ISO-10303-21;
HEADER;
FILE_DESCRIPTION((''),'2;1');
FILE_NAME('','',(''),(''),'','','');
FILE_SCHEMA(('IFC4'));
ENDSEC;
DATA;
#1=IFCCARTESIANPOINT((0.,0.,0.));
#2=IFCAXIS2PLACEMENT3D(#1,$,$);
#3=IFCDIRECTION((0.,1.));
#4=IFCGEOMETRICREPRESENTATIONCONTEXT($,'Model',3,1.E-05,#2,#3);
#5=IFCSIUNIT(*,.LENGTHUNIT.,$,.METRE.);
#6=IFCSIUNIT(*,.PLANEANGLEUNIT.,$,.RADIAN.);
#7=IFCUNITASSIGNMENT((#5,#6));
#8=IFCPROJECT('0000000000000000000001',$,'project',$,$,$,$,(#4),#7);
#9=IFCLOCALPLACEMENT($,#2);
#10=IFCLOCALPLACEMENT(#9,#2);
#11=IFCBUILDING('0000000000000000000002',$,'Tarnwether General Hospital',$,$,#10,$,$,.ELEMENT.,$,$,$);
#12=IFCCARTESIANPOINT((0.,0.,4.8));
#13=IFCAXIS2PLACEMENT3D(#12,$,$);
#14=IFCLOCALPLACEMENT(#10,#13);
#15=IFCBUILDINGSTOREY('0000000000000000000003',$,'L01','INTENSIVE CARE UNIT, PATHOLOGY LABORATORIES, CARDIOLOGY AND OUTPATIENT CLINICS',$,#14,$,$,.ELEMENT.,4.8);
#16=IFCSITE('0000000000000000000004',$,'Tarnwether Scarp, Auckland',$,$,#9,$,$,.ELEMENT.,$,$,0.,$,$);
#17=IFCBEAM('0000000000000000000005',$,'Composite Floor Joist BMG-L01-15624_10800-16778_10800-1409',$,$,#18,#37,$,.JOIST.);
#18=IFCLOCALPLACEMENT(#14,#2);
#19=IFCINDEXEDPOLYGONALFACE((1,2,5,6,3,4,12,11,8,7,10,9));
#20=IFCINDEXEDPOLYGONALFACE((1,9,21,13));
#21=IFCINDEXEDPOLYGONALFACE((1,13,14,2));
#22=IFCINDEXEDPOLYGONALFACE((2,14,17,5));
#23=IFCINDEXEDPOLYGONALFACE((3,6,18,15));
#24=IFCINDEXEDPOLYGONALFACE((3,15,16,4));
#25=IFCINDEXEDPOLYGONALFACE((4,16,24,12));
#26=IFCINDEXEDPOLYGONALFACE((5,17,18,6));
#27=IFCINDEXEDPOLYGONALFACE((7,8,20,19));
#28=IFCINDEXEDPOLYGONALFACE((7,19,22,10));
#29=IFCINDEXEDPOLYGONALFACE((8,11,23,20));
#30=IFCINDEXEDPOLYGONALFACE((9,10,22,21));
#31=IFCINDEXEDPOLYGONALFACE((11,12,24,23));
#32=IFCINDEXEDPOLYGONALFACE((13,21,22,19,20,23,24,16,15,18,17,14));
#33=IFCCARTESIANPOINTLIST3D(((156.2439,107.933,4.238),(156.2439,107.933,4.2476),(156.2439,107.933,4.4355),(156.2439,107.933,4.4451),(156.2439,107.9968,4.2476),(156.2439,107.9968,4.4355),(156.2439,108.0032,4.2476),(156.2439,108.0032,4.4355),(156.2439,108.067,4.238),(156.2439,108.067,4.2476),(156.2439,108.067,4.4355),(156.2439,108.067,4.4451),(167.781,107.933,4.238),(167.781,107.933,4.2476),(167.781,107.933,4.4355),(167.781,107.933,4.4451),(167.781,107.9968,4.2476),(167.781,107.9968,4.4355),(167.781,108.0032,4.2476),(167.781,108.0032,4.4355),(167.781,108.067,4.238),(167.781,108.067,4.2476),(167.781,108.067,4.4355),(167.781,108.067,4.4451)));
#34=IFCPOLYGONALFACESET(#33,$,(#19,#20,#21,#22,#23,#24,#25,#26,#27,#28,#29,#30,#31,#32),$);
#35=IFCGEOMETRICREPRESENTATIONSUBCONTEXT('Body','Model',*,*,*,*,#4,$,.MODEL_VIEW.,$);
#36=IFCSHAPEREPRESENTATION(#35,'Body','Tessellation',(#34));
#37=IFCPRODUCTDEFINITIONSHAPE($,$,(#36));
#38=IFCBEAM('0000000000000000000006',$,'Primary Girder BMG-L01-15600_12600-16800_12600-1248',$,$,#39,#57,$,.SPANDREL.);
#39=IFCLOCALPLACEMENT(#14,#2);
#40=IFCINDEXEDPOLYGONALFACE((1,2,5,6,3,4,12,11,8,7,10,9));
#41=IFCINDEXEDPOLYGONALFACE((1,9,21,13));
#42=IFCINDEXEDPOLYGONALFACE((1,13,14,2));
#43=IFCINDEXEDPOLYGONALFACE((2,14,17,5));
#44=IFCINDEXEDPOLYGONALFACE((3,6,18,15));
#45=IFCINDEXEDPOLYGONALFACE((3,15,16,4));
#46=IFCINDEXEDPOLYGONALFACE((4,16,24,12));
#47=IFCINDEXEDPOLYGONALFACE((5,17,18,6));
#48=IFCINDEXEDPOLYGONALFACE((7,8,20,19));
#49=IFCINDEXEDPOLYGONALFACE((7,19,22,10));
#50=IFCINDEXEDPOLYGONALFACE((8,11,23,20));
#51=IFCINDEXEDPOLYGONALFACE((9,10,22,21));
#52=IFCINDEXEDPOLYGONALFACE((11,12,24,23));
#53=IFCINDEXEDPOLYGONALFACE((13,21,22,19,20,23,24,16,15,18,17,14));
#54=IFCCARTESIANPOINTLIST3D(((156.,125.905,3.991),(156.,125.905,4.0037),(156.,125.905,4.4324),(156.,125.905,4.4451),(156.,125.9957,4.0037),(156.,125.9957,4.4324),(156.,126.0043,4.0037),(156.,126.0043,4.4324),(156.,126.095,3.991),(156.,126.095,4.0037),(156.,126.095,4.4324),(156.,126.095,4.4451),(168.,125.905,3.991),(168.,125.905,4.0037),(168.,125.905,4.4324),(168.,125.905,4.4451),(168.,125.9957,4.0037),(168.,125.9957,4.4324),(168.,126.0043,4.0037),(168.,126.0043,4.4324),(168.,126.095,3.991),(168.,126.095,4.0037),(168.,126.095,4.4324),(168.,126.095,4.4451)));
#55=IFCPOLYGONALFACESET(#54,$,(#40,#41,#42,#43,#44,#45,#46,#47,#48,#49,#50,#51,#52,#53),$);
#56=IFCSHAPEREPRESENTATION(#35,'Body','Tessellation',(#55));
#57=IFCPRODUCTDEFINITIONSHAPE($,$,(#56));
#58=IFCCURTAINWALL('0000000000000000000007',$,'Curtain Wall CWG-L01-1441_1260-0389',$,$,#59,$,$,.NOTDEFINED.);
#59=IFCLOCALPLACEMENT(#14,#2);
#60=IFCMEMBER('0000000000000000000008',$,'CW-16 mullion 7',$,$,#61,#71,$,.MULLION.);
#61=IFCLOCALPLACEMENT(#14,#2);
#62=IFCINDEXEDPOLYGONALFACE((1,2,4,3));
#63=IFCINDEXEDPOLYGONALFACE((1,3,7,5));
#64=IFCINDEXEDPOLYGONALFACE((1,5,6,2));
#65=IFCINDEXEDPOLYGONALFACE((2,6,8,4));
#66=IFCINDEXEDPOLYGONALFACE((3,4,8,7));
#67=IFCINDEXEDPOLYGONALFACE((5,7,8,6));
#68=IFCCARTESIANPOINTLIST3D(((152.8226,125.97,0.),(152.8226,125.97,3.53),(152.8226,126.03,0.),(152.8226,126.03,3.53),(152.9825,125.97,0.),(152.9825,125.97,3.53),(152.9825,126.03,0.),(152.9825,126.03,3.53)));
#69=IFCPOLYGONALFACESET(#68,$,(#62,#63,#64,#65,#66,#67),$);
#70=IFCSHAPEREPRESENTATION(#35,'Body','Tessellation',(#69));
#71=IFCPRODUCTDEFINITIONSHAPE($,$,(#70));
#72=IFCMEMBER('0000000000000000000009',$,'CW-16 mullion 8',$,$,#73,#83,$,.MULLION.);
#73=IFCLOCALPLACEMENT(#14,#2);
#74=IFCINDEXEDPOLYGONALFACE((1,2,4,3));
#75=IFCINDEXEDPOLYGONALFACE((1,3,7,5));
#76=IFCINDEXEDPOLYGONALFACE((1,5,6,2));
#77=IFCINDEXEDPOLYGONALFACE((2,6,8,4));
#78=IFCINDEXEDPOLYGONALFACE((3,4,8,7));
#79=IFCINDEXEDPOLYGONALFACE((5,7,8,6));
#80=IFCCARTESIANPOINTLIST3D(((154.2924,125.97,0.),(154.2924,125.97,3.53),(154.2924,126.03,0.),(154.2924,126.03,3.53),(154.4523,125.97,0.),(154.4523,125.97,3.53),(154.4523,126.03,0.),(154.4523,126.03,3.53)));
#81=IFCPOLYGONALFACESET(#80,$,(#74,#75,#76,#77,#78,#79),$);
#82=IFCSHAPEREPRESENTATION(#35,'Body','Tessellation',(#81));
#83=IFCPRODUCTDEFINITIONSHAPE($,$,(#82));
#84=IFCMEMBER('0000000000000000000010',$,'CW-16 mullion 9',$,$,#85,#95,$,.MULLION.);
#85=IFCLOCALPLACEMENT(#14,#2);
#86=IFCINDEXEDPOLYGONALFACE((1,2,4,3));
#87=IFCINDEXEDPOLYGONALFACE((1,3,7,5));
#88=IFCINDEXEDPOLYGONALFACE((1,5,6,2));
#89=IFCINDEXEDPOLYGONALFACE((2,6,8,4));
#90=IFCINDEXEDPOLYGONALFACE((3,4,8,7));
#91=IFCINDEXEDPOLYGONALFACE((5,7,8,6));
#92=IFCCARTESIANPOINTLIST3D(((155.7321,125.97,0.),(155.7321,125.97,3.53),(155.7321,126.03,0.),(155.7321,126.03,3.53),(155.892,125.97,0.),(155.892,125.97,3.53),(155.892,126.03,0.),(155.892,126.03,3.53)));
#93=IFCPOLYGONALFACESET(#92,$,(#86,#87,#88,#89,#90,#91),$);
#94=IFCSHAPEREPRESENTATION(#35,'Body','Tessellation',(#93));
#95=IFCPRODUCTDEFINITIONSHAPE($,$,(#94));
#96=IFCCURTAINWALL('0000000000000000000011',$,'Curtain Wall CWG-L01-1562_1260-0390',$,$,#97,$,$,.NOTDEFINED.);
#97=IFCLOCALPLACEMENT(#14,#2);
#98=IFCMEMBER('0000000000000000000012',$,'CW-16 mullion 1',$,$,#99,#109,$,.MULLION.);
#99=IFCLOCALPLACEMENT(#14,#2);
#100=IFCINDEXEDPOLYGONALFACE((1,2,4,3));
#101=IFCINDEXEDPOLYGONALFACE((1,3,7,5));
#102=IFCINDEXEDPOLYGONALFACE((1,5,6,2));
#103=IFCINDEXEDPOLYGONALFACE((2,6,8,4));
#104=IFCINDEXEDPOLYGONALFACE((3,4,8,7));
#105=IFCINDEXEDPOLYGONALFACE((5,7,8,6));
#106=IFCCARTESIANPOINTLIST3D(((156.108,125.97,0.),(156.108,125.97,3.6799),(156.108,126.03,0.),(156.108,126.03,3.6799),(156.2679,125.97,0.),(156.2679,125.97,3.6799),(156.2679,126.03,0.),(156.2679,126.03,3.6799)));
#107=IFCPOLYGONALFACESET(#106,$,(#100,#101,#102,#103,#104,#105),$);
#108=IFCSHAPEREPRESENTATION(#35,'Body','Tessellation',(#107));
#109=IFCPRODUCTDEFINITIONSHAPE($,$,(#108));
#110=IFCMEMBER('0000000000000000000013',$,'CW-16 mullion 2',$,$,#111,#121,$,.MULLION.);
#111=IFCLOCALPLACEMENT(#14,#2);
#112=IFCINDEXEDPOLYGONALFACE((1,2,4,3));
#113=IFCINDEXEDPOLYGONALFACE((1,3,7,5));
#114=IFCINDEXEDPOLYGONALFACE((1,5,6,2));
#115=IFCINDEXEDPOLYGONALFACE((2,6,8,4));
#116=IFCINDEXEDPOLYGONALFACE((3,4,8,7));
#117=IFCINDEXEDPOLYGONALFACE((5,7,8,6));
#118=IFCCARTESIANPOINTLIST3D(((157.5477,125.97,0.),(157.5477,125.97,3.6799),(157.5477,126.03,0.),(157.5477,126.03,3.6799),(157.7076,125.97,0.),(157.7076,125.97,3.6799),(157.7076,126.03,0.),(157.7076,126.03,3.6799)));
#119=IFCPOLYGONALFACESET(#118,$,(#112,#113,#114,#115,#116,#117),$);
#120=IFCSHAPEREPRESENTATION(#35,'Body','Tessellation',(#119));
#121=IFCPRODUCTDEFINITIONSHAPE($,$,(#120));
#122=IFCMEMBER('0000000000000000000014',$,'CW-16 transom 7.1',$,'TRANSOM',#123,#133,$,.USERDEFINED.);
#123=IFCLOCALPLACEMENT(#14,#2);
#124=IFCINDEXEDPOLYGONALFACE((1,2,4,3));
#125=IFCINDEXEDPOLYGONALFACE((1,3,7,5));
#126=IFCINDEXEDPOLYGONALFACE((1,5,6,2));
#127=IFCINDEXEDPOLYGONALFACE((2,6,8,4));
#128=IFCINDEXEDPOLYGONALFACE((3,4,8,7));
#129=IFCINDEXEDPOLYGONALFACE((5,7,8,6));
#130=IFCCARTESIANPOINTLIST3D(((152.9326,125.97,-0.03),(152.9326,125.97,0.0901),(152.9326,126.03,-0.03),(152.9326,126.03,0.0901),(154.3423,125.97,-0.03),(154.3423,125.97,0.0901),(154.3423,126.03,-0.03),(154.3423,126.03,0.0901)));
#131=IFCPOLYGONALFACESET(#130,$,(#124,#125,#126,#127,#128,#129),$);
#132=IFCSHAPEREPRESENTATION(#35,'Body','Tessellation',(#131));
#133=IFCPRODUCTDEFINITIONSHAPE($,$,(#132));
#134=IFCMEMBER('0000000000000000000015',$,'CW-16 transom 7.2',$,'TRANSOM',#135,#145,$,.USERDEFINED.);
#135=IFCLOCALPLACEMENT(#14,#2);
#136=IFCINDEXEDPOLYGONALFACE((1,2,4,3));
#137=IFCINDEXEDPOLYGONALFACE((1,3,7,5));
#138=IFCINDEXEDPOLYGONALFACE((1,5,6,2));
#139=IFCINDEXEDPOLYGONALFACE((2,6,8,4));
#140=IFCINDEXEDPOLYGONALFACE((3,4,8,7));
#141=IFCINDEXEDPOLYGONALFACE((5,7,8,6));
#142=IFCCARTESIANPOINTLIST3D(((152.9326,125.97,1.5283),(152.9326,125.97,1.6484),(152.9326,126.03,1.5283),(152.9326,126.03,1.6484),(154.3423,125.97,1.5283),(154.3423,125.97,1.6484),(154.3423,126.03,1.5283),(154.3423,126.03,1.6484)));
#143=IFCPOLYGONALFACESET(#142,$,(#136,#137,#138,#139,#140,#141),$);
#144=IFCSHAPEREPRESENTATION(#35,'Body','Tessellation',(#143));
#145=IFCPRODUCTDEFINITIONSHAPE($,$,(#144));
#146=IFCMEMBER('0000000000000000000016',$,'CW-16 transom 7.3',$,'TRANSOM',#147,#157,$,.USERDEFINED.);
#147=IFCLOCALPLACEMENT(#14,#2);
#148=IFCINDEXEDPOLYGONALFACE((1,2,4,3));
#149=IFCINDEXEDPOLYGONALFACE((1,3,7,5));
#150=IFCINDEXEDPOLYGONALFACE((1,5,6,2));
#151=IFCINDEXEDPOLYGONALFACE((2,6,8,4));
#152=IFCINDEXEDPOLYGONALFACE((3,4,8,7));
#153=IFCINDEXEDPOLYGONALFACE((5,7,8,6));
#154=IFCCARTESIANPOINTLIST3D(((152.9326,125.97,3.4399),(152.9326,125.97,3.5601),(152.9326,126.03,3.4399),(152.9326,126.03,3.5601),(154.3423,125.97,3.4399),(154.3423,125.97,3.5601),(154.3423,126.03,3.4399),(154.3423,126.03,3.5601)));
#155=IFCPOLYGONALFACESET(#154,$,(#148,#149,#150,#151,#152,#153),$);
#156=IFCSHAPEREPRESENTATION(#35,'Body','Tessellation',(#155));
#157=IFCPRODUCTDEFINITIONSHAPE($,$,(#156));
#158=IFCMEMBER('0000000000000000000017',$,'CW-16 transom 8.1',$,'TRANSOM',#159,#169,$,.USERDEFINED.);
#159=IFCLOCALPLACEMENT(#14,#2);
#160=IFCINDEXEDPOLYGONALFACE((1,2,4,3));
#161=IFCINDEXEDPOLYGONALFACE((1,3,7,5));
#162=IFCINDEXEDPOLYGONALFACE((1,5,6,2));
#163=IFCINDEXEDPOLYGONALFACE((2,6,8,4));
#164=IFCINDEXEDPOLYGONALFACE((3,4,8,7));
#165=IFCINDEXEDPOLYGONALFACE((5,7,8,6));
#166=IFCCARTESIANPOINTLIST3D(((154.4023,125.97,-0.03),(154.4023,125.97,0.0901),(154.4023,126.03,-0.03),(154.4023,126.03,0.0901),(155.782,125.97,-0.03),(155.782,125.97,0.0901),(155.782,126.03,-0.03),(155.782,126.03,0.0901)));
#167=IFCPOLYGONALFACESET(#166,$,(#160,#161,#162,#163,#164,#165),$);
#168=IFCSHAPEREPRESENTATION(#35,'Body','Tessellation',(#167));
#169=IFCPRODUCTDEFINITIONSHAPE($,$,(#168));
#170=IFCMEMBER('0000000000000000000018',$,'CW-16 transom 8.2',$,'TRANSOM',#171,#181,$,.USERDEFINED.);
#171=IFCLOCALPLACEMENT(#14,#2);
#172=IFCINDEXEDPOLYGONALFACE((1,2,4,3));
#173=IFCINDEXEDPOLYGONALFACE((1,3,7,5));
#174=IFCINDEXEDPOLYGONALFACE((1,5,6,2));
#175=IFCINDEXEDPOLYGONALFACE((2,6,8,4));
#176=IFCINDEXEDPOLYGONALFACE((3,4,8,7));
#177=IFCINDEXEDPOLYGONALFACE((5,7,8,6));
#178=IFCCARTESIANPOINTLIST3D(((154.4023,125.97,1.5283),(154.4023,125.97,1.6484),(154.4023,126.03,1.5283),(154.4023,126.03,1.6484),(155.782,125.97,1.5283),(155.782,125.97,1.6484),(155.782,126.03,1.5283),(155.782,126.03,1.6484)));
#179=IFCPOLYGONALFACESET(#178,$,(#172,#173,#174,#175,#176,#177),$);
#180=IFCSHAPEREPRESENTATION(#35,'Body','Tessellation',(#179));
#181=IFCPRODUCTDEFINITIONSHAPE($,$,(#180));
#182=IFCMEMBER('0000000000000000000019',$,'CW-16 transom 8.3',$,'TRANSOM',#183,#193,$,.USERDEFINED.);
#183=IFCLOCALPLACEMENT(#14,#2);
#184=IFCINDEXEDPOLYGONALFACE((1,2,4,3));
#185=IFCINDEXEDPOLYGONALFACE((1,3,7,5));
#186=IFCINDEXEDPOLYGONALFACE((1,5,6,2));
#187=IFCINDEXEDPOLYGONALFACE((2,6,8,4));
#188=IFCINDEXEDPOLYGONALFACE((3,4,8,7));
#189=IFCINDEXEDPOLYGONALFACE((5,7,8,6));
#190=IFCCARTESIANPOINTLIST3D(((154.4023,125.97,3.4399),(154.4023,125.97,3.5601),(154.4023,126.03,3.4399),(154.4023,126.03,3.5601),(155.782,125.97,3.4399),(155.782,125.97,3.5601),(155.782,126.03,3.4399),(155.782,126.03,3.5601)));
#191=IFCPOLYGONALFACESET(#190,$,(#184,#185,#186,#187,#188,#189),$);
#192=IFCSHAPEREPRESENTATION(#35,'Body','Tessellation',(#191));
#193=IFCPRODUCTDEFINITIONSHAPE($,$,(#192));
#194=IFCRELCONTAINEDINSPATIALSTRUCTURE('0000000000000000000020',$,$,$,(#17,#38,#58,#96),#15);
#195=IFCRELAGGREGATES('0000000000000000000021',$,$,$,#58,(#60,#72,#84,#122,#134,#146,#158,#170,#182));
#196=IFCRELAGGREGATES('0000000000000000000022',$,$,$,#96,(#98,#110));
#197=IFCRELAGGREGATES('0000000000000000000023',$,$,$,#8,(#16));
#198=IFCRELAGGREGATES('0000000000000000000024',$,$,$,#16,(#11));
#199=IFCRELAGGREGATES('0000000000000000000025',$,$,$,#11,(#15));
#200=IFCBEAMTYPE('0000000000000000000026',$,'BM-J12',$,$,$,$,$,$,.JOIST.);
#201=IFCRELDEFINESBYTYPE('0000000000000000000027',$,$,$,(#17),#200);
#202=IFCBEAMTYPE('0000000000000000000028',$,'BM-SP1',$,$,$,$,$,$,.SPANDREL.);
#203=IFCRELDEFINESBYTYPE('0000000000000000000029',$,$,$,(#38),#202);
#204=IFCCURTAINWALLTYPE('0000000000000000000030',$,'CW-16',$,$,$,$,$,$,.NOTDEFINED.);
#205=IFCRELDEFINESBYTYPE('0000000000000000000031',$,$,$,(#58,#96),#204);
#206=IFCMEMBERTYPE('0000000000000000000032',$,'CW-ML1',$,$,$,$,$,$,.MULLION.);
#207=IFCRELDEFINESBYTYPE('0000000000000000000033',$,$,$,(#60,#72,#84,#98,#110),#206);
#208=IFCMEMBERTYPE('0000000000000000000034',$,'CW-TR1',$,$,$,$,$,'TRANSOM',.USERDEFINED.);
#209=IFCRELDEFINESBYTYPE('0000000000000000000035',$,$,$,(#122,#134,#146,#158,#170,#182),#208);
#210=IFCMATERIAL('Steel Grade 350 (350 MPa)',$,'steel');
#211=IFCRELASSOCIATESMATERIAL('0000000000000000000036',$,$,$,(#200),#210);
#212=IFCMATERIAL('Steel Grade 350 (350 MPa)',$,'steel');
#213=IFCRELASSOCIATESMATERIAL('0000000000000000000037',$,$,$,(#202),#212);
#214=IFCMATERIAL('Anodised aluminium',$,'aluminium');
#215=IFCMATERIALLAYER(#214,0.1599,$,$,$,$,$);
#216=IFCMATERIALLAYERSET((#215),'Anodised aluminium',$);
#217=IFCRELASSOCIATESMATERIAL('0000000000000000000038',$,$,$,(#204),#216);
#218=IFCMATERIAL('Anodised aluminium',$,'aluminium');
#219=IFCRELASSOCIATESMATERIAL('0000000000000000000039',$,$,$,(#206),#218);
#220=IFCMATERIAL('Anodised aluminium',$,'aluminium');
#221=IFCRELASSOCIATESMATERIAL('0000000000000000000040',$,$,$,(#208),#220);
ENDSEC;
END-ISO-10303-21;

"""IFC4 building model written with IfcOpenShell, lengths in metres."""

from ifc_helpers import new_model, si_unit, direction, frame, origin, origin_2d, place, context, subcontext, project, spatial, rectangle, i_section, extrude, material, layer, layer_set, material_profile, profile_set, type_object, element, aggregate, save


model = new_model("IFC4")

# Units and contexts
model_context = context("Model", 3, precision=1e-05, world=origin(), true_north=direction((0.0, 1.0)))
body_context = subcontext(model_context, "Body", "Model", "MODEL_VIEW")
ifc_project = project(units=[si_unit("LENGTHUNIT", "METRE"), si_unit("PLANEANGLEUNIT", "RADIAN")], contexts=[model_context])

# Site, building, storey
site_placement = place(None, origin())
site = spatial("IfcSite", under=ifc_project, at=site_placement, Name="Tarnwether Scarp, Auckland", CompositionType="ELEMENT", RefElevation=0.0)
building_placement = place(site_placement, origin())
building = spatial("IfcBuilding", under=site, at=building_placement, Name="Tarnwether General Hospital", CompositionType="ELEMENT")
storey_placement = place(building_placement, frame((0.0, 0.0, 4.8)))
storey = spatial("IfcBuildingStorey", under=building, at=storey_placement, Name="L01", Description="INTENSIVE CARE UNIT, PATHOLOGY LABORATORIES, CARDIOLOGY AND OUTPATIENT CLINICS", CompositionType="ELEMENT", Elevation=4.8)

# Beams
ifc_material_1 = material(Name="Steel Grade 350 (350 MPa)", Category="steel")
ifc_material_profile_1 = material_profile(ifc_material_1, i_section(OverallWidth=0.134, OverallDepth=0.207, WebThickness=0.0063, FlangeThickness=0.0095, at=origin_2d()), Name="200UB29.8")
ifc_profile_set_1 = profile_set([ifc_material_profile_1], Name="Steel Grade 350 (350 MPa)")
beam_type_1 = type_object("IfcBeamType", Name="BM-J12", PredefinedType="JOIST", material=ifc_profile_set_1)
beam_1_placement = place(storey_placement, frame((156.2439, 108.0, 4.3416), z_axis=(1.0, 0.0, 0.0), x_axis=(0.0, 1.0, 0.0)))
element("IfcBeam", 1, at=beam_1_placement, inside=storey, type_object=beam_type_1, Name="Composite Floor Joist BMG-L01-15624_10800-16778_10800-1409", PredefinedType="JOIST", context=body_context, shape_type="SweptSolid", body=[
    extrude(i_section(OverallWidth=0.134, OverallDepth=0.207, WebThickness=0.0063, FlangeThickness=0.0095, at=origin_2d()), origin(), (0.0, 0.0, 1.0), 11.5371),
])
ifc_material_2 = material(Name="Steel Grade 350 (350 MPa)", Category="steel")
ifc_material_profile_2 = material_profile(ifc_material_2, i_section(OverallWidth=0.1899, OverallDepth=0.4541, WebThickness=0.0085, FlangeThickness=0.0127, at=origin_2d()), Name="460UB67.1")
ifc_profile_set_2 = profile_set([ifc_material_profile_2], Name="Steel Grade 350 (350 MPa)")
beam_type_2 = type_object("IfcBeamType", Name="BM-SP1", PredefinedType="SPANDREL", material=ifc_profile_set_2)
beam_2_placement = place(storey_placement, frame((156.0, 126.0, 4.218), z_axis=(1.0, 0.0, 0.0), x_axis=(0.0, 1.0, 0.0)))
element("IfcBeam", 2, at=beam_2_placement, inside=storey, type_object=beam_type_2, Name="Primary Girder BMG-L01-15600_12600-16800_12600-1248", PredefinedType="SPANDREL", context=body_context, shape_type="SweptSolid", body=[
    extrude(i_section(OverallWidth=0.1899, OverallDepth=0.4541, WebThickness=0.0085, FlangeThickness=0.0127, at=origin_2d()), origin(), (0.0, 0.0, 1.0), 12.0),
])

# Curtain walls, members
ifc_material_3 = material(Name="Anodised aluminium", Category="aluminium")
ifc_layer_1 = layer(ifc_material_3, 0.1599)
ifc_layer_set_1 = layer_set([ifc_layer_1], Name="Anodised aluminium")
curtain_wall_type = type_object("IfcCurtainWallType", Name="CW-16", PredefinedType="NOTDEFINED", material=ifc_layer_set_1)
curtain_wall_1_placement = place(storey_placement, origin())
curtain_wall_1 = element("IfcCurtainWall", 3, at=curtain_wall_1_placement, inside=storey, type_object=curtain_wall_type, Name="Curtain Wall CWG-L01-1441_1260-0389", PredefinedType="NOTDEFINED")
ifc_material_4 = material(Name="Anodised aluminium", Category="aluminium")
ifc_material_profile_3 = material_profile(ifc_material_4, rectangle(XDim=0.0601, YDim=0.1599, at=origin_2d()), Name="ALU-MUL-60x160")
ifc_profile_set_3 = profile_set([ifc_material_profile_3], Name="Anodised aluminium")
member_type_1 = type_object("IfcMemberType", Name="CW-ML1", PredefinedType="MULLION", material=ifc_profile_set_3)
member_1_placement = place(storey_placement, frame((152.9026, 126.0, 0.0), z_axis=(0.0, 0.0, 1.0), x_axis=(0.0, 1.0, 0.0)))
member_1 = element("IfcMember", 4, at=member_1_placement, type_object=member_type_1, Name="CW-16 mullion 7", PredefinedType="MULLION", context=body_context, shape_type="SweptSolid", body=[
    extrude(rectangle(XDim=0.0601, YDim=0.1599, at=origin_2d()), origin(), (0.0, 0.0, 1.0), 3.53),
])
member_2_placement = place(storey_placement, frame((154.3723, 126.0, 0.0), z_axis=(0.0, 0.0, 1.0), x_axis=(0.0, 1.0, 0.0)))
member_2 = element("IfcMember", 5, at=member_2_placement, type_object=member_type_1, Name="CW-16 mullion 8", PredefinedType="MULLION", context=body_context, shape_type="SweptSolid", body=[
    extrude(rectangle(XDim=0.0601, YDim=0.1599, at=origin_2d()), origin(), (0.0, 0.0, 1.0), 3.53),
])
member_3_placement = place(storey_placement, frame((155.812, 126.0, 0.0), z_axis=(0.0, 0.0, 1.0), x_axis=(0.0, 1.0, 0.0)))
member_3 = element("IfcMember", 6, at=member_3_placement, type_object=member_type_1, Name="CW-16 mullion 9", PredefinedType="MULLION", context=body_context, shape_type="SweptSolid", body=[
    extrude(rectangle(XDim=0.0601, YDim=0.1599, at=origin_2d()), origin(), (0.0, 0.0, 1.0), 3.53),
])
curtain_wall_2_placement = place(storey_placement, origin())
curtain_wall_2 = element("IfcCurtainWall", 7, at=curtain_wall_2_placement, inside=storey, type_object=curtain_wall_type, Name="Curtain Wall CWG-L01-1562_1260-0390", PredefinedType="NOTDEFINED")
member_4_placement = place(storey_placement, frame((156.188, 126.0, 0.0), z_axis=(0.0, 0.0, 1.0), x_axis=(0.0, 1.0, 0.0)))
member_4 = element("IfcMember", 8, at=member_4_placement, type_object=member_type_1, Name="CW-16 mullion 1", PredefinedType="MULLION", context=body_context, shape_type="SweptSolid", body=[
    extrude(rectangle(XDim=0.0601, YDim=0.1599, at=origin_2d()), origin(), (0.0, 0.0, 1.0), 3.6799),
])
member_5_placement = place(storey_placement, frame((157.6277, 126.0, 0.0), z_axis=(0.0, 0.0, 1.0), x_axis=(0.0, 1.0, 0.0)))
member_5 = element("IfcMember", 9, at=member_5_placement, type_object=member_type_1, Name="CW-16 mullion 2", PredefinedType="MULLION", context=body_context, shape_type="SweptSolid", body=[
    extrude(rectangle(XDim=0.0601, YDim=0.1599, at=origin_2d()), origin(), (0.0, 0.0, 1.0), 3.6799),
])

# Members
ifc_material_5 = material(Name="Anodised aluminium", Category="aluminium")
ifc_material_profile_4 = material_profile(ifc_material_5, rectangle(XDim=0.0601, YDim=0.1201, at=origin_2d()), Name="ALU-TRN-60x120")
ifc_profile_set_4 = profile_set([ifc_material_profile_4], Name="Anodised aluminium")
member_type_2 = type_object("IfcMemberType", Name="CW-TR1", ElementType="TRANSOM", PredefinedType="USERDEFINED", material=ifc_profile_set_4)
member_6_placement = place(storey_placement, frame((152.9326, 126.0, 0.03), z_axis=(1.0, 0.0, 0.0), x_axis=(0.0, 1.0, 0.0)))
member_6 = element("IfcMember", 10, at=member_6_placement, type_object=member_type_2, Name="CW-16 transom 7.1", ObjectType="TRANSOM", PredefinedType="USERDEFINED", context=body_context, shape_type="SweptSolid", body=[
    extrude(rectangle(XDim=0.0601, YDim=0.1201, at=origin_2d()), origin(), (0.0, 0.0, 1.0), 1.4097),
])
member_7_placement = place(storey_placement, frame((152.9326, 126.0, 1.5884), z_axis=(1.0, 0.0, 0.0), x_axis=(0.0, 1.0, 0.0)))
member_7 = element("IfcMember", 11, at=member_7_placement, type_object=member_type_2, Name="CW-16 transom 7.2", ObjectType="TRANSOM", PredefinedType="USERDEFINED", context=body_context, shape_type="SweptSolid", body=[
    extrude(rectangle(XDim=0.0601, YDim=0.1201, at=origin_2d()), origin(), (0.0, 0.0, 1.0), 1.4097),
])
member_8_placement = place(storey_placement, frame((152.9326, 126.0, 3.5), z_axis=(1.0, 0.0, 0.0), x_axis=(0.0, 1.0, 0.0)))
member_8 = element("IfcMember", 12, at=member_8_placement, type_object=member_type_2, Name="CW-16 transom 7.3", ObjectType="TRANSOM", PredefinedType="USERDEFINED", context=body_context, shape_type="SweptSolid", body=[
    extrude(rectangle(XDim=0.0601, YDim=0.1201, at=origin_2d()), origin(), (0.0, 0.0, 1.0), 1.4097),
])
member_9_placement = place(storey_placement, frame((154.4023, 126.0, 0.03), z_axis=(1.0, 0.0, 0.0), x_axis=(0.0, 1.0, 0.0)))
member_9 = element("IfcMember", 13, at=member_9_placement, type_object=member_type_2, Name="CW-16 transom 8.1", ObjectType="TRANSOM", PredefinedType="USERDEFINED", context=body_context, shape_type="SweptSolid", body=[
    extrude(rectangle(XDim=0.0601, YDim=0.1201, at=origin_2d()), origin(), (0.0, 0.0, 1.0), 1.3796),
])
member_10_placement = place(storey_placement, frame((154.4023, 126.0, 1.5884), z_axis=(1.0, 0.0, 0.0), x_axis=(0.0, 1.0, 0.0)))
member_10 = element("IfcMember", 14, at=member_10_placement, type_object=member_type_2, Name="CW-16 transom 8.2", ObjectType="TRANSOM", PredefinedType="USERDEFINED", context=body_context, shape_type="SweptSolid", body=[
    extrude(rectangle(XDim=0.0601, YDim=0.1201, at=origin_2d()), origin(), (0.0, 0.0, 1.0), 1.3796),
])
member_11_placement = place(storey_placement, frame((154.4023, 126.0, 3.5), z_axis=(1.0, 0.0, 0.0), x_axis=(0.0, 1.0, 0.0)))
member_11 = element("IfcMember", 15, at=member_11_placement, type_object=member_type_2, Name="CW-16 transom 8.3", ObjectType="TRANSOM", PredefinedType="USERDEFINED", context=body_context, shape_type="SweptSolid", body=[
    extrude(rectangle(XDim=0.0601, YDim=0.1201, at=origin_2d()), origin(), (0.0, 0.0, 1.0), 1.3796),
])

aggregate(curtain_wall_1, [member_1, member_2, member_3, member_6, member_7, member_8, member_9, member_10, member_11])
aggregate(curtain_wall_2, [member_4, member_5])

save(model, "model.ifc")
